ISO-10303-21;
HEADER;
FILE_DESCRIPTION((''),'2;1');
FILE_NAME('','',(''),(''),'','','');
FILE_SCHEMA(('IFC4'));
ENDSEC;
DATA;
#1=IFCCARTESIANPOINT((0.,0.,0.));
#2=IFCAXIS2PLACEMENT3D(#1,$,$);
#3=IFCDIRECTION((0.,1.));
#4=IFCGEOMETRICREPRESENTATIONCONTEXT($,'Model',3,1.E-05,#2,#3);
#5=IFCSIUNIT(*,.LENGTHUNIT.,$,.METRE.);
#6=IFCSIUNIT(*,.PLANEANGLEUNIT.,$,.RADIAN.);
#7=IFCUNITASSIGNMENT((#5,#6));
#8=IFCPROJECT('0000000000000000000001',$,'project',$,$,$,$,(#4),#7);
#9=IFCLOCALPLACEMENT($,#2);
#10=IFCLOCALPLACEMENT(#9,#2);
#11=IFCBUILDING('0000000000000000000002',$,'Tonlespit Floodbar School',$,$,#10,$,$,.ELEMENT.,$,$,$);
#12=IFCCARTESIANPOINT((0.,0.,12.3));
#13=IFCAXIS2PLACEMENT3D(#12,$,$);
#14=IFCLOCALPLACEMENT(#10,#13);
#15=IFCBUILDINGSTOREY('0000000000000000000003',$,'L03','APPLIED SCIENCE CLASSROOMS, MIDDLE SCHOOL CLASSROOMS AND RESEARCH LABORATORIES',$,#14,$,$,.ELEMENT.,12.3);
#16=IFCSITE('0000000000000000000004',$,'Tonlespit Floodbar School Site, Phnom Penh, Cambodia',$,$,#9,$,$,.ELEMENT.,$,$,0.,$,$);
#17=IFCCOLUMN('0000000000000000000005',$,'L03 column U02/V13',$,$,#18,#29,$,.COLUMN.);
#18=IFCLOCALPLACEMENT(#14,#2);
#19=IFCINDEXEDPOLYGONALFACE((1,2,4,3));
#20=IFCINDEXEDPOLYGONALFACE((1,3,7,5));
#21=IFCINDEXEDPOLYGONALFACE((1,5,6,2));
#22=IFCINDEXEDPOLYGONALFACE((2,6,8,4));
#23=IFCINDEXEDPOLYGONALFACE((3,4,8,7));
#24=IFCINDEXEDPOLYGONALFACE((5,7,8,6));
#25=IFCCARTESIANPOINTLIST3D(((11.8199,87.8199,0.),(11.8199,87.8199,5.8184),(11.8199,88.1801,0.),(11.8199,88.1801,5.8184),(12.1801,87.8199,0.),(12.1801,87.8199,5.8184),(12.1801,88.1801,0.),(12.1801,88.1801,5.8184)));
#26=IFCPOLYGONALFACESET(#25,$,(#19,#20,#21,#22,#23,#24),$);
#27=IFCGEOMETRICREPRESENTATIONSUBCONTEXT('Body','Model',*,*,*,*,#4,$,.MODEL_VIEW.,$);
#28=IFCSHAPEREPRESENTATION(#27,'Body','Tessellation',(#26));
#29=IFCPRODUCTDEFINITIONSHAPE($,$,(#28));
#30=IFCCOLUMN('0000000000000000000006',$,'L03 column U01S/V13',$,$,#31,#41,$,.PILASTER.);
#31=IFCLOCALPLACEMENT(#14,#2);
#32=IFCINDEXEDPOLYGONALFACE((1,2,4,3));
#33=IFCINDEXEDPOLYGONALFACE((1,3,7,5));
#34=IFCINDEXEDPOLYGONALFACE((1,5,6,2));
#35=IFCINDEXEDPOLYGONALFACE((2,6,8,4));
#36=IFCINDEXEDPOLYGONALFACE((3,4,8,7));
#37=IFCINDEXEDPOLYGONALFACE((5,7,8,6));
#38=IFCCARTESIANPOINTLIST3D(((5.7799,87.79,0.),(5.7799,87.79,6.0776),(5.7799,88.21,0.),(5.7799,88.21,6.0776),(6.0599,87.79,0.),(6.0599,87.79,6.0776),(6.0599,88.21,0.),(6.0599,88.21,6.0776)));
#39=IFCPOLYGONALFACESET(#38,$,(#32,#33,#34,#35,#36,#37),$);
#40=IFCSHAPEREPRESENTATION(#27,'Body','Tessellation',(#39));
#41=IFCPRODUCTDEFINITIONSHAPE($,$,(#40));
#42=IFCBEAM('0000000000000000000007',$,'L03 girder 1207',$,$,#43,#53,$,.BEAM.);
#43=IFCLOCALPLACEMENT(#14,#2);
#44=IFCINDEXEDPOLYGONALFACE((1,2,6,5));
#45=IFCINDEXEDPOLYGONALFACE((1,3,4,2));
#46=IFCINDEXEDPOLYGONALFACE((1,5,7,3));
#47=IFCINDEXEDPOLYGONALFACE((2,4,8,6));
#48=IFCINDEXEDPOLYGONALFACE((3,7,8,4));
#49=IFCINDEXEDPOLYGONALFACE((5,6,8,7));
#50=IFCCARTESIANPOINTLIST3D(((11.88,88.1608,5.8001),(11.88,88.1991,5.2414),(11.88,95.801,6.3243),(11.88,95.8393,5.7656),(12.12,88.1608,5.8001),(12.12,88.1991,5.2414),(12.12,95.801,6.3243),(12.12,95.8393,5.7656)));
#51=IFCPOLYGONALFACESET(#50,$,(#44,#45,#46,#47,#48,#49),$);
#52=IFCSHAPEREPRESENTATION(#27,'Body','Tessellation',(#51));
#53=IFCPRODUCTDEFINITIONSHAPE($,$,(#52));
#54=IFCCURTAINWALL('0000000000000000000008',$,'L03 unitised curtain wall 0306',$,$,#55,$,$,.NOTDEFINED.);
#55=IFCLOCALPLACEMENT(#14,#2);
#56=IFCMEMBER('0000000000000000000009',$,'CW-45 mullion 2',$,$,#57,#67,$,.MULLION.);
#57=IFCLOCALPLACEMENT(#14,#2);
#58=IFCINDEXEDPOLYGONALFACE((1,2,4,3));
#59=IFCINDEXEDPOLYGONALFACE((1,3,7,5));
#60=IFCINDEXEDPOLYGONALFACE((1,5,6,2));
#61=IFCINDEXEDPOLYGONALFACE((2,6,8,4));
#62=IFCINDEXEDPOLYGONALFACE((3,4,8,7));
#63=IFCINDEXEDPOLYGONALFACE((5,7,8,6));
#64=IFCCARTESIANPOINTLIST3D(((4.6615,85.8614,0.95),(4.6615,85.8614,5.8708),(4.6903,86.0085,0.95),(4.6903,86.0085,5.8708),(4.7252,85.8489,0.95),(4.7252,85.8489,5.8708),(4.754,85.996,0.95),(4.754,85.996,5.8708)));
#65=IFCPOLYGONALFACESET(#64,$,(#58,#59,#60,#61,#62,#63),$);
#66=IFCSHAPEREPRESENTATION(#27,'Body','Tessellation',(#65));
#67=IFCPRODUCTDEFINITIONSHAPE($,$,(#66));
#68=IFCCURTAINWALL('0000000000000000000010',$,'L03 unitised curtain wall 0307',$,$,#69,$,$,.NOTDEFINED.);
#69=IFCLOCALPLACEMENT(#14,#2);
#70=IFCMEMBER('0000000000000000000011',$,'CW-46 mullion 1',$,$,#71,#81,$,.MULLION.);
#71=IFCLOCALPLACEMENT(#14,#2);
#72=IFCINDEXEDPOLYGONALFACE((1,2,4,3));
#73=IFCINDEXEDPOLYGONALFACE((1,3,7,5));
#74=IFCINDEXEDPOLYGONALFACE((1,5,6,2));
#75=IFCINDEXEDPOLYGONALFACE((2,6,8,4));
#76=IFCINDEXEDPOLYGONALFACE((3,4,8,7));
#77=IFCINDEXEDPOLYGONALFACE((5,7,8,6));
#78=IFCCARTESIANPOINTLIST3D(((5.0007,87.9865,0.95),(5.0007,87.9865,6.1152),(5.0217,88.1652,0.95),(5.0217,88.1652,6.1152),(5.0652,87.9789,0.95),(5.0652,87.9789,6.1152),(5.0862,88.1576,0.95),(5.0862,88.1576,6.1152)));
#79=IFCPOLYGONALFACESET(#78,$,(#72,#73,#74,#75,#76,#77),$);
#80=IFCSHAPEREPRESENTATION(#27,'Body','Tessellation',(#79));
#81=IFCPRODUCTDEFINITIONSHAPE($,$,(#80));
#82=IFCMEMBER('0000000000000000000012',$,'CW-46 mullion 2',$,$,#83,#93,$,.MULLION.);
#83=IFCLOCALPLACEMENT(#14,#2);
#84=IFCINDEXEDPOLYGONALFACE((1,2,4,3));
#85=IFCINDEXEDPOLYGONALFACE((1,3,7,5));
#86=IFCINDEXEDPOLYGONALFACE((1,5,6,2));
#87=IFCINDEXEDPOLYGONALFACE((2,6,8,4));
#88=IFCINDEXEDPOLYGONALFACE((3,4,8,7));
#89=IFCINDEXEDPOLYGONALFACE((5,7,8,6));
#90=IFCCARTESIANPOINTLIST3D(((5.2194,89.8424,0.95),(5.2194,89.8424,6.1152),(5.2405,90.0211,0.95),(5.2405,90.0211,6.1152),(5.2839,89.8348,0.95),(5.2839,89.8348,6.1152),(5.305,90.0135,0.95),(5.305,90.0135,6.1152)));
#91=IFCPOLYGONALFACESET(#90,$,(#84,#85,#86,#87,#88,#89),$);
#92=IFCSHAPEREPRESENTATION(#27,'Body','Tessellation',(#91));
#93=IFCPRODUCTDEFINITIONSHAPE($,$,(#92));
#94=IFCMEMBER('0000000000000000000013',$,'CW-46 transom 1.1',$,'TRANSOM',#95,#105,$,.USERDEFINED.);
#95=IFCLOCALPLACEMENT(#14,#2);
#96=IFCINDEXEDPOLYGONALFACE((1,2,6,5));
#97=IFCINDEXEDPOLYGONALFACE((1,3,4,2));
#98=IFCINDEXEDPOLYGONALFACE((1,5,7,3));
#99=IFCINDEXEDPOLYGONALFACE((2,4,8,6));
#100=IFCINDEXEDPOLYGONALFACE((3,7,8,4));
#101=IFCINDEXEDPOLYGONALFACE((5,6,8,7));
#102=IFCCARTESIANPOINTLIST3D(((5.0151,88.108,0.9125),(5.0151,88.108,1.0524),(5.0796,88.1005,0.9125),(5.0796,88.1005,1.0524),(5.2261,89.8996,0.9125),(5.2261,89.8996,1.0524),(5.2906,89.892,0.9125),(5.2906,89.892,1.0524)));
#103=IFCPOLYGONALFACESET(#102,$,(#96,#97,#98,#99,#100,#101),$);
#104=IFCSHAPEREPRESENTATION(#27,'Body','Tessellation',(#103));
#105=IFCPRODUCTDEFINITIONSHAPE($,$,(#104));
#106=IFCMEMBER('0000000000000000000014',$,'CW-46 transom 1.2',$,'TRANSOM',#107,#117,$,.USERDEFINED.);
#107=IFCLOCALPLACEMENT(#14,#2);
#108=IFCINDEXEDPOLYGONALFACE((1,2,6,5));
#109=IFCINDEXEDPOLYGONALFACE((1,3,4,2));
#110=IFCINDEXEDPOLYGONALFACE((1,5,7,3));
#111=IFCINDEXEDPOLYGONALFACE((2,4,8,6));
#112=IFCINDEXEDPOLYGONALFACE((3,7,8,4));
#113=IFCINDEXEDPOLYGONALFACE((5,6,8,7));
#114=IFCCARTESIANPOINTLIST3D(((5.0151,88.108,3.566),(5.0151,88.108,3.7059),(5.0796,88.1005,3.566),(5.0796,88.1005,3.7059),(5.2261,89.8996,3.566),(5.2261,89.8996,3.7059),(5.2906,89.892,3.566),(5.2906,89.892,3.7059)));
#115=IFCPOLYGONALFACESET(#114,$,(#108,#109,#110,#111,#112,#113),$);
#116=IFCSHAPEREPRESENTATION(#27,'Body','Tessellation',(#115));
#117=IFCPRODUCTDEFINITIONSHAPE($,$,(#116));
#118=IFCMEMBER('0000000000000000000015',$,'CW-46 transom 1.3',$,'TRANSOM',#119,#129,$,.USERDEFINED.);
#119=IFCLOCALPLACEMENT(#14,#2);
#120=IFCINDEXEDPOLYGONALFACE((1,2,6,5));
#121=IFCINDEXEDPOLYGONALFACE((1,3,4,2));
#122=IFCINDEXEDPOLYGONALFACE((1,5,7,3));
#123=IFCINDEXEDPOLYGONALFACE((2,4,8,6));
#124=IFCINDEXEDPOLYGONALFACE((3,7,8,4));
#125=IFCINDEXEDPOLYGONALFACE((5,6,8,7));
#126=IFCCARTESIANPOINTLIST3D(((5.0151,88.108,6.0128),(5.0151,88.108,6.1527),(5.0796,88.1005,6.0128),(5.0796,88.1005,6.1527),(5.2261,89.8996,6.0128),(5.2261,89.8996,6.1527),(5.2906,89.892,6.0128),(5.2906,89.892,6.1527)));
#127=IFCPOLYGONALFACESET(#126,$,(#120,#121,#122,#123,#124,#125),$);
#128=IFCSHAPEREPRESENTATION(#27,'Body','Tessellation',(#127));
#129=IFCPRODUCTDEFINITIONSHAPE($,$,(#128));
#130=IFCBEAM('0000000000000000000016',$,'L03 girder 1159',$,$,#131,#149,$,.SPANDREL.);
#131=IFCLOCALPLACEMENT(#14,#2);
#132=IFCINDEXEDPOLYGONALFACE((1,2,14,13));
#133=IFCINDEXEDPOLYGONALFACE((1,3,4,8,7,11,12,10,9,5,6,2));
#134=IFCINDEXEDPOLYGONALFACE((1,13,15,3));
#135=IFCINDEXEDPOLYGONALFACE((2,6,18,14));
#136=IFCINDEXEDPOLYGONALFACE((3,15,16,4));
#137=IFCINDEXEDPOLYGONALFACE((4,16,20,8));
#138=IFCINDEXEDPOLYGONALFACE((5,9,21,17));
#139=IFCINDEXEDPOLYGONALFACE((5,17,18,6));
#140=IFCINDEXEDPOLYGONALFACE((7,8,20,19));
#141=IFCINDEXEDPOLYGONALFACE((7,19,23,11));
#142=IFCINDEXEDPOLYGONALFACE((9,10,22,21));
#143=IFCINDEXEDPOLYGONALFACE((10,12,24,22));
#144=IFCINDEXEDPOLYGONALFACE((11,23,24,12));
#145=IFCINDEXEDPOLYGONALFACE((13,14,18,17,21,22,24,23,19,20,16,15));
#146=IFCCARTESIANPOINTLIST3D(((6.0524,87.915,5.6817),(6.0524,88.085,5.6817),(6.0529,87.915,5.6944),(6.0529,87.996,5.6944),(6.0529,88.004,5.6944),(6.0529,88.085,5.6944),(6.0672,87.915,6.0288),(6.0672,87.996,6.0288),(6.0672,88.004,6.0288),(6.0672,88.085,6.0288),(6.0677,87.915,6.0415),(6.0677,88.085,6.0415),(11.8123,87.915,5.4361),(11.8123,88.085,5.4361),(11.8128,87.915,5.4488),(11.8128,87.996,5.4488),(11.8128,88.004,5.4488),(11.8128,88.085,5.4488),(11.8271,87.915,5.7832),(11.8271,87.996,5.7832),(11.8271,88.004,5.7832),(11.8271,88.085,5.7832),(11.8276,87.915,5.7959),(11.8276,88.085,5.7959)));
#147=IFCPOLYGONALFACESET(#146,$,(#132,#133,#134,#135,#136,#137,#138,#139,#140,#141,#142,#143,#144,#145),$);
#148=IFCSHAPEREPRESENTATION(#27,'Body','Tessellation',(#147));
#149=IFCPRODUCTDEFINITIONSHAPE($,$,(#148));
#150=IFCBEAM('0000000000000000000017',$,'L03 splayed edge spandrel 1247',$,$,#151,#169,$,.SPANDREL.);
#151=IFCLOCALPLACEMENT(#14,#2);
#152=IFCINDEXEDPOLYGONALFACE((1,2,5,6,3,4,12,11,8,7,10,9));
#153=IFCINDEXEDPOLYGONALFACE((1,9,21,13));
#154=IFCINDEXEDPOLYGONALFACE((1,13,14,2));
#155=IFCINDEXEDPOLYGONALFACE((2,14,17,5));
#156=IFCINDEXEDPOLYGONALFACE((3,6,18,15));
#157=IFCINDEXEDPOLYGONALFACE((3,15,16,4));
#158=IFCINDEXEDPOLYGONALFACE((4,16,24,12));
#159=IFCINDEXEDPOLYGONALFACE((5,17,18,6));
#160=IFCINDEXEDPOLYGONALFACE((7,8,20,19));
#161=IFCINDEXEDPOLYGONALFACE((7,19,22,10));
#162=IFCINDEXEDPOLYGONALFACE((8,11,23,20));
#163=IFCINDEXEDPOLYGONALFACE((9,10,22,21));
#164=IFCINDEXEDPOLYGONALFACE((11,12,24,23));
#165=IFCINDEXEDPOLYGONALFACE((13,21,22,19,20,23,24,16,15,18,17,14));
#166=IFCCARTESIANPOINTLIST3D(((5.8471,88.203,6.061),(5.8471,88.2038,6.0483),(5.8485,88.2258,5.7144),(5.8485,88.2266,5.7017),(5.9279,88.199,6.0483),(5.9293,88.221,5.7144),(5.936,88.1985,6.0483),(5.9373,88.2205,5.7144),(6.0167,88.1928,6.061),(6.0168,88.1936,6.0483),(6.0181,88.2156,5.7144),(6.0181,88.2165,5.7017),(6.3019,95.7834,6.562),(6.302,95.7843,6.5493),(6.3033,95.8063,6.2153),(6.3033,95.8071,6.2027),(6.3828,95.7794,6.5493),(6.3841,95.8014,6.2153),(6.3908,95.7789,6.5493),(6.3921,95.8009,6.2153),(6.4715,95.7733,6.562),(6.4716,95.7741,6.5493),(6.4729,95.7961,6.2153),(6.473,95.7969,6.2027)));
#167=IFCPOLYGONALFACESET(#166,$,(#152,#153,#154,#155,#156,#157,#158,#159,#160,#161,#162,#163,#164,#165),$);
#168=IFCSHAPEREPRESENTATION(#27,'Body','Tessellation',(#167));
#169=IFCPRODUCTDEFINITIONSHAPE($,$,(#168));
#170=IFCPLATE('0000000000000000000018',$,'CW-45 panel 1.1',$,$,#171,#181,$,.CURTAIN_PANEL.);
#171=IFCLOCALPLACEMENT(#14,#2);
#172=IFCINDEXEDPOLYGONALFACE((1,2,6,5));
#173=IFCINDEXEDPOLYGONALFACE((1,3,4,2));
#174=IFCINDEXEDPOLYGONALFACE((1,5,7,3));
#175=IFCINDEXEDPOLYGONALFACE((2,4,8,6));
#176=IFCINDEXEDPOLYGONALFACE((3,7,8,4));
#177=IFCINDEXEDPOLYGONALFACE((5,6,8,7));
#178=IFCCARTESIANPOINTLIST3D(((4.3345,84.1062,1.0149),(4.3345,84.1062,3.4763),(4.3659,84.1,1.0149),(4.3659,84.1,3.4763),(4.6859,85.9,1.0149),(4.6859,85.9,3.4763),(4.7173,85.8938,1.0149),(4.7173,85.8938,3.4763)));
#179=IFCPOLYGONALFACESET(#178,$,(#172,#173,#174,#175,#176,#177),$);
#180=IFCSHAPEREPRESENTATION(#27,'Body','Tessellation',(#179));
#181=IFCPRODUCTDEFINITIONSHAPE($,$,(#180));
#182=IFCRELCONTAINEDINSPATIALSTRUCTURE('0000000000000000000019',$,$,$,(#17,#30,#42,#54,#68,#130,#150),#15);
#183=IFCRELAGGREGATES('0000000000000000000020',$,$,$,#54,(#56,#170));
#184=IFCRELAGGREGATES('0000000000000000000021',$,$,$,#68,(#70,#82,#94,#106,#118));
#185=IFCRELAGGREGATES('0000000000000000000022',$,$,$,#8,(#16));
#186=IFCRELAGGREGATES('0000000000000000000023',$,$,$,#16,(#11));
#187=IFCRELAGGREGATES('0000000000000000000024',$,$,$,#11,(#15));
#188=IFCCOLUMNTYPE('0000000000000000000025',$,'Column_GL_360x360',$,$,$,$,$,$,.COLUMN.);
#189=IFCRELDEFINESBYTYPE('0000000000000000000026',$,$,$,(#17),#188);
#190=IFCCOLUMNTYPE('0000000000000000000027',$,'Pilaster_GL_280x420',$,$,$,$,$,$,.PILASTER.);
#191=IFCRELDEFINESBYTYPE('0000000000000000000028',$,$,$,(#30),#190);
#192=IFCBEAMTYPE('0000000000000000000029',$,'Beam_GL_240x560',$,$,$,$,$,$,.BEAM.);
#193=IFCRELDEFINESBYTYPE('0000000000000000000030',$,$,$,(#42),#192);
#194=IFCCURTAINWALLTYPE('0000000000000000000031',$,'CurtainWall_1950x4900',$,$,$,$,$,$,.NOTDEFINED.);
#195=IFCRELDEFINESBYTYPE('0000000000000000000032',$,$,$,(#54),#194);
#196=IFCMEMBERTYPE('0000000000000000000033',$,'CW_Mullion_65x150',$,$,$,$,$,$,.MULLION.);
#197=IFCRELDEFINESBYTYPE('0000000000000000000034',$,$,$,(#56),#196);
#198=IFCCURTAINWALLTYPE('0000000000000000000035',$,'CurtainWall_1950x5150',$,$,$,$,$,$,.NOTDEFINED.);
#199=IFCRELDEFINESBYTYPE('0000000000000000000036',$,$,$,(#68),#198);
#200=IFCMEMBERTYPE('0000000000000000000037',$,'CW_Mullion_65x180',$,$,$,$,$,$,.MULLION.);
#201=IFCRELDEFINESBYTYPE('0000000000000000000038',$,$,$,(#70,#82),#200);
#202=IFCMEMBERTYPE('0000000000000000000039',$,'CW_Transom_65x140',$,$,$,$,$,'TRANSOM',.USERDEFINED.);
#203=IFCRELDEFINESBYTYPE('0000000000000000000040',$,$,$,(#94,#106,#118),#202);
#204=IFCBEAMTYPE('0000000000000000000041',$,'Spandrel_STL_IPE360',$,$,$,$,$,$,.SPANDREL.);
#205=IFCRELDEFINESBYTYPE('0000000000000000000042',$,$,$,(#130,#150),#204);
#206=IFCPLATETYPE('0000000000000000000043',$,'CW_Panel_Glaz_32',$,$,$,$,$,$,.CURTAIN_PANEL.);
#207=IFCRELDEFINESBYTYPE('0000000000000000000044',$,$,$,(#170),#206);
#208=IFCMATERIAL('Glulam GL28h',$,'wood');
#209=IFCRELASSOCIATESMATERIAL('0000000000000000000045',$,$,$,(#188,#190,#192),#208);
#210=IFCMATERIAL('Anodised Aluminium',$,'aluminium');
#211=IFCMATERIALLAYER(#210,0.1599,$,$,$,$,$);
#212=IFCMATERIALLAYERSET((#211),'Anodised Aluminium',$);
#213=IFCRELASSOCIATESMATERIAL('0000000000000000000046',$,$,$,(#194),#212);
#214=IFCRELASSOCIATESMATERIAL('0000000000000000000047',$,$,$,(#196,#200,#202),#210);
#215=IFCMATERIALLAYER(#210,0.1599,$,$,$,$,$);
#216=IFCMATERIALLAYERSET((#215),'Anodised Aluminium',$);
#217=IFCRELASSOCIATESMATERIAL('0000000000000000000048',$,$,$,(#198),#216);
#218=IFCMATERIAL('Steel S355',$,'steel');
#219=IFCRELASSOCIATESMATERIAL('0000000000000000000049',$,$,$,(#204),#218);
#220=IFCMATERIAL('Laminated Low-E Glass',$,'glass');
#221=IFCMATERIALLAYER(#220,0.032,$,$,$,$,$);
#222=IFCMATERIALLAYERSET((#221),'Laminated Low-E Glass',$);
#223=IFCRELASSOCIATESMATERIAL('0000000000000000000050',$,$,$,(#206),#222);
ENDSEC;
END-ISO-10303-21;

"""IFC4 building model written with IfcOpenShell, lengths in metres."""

from ifc_helpers import new_model, si_unit, direction, frame, origin, origin_2d, place, context, subcontext, project, spatial, rectangle, i_section, extrude, material, layer, layer_set, material_profile, profile_set, type_object, element, aggregate, save


model = new_model("IFC4")

# Units and contexts
model_context = context("Model", 3, precision=1e-05, world=origin(), true_north=direction((0.0, 1.0)))
body_context = subcontext(model_context, "Body", "Model", "MODEL_VIEW")
ifc_project = project(units=[si_unit("LENGTHUNIT", "METRE"), si_unit("PLANEANGLEUNIT", "RADIAN")], contexts=[model_context])

# Site, building, storey
site_placement = place(None, origin())
site = spatial("IfcSite", under=ifc_project, at=site_placement, Name="Tonlespit Floodbar School Site, Phnom Penh, Cambodia", CompositionType="ELEMENT", RefElevation=0.0)
building_placement = place(site_placement, origin())
building = spatial("IfcBuilding", under=site, at=building_placement, Name="Tonlespit Floodbar School", CompositionType="ELEMENT")
storey_placement = place(building_placement, frame((0.0, 0.0, 12.3)))
storey = spatial("IfcBuildingStorey", under=building, at=storey_placement, Name="L03", Description="APPLIED SCIENCE CLASSROOMS, MIDDLE SCHOOL CLASSROOMS AND RESEARCH LABORATORIES", CompositionType="ELEMENT", Elevation=12.3)

# Columns
ifc_material_1 = material(Name="Glulam GL28h", Category="wood")
ifc_material_profile_1 = material_profile(ifc_material_1, rectangle(XDim=0.3601, YDim=0.3601, at=origin_2d()), Name="GL 360x360")
ifc_profile_set_1 = profile_set([ifc_material_profile_1], Name="Glulam GL28h")
column_type_1 = type_object("IfcColumnType", Name="Column_GL_360x360", PredefinedType="COLUMN", material=ifc_profile_set_1)
column_1_placement = place(storey_placement, frame((12.0, 88.0, 0.0), z_axis=(0.0, 0.0, 1.0), x_axis=(1.0, 0.0, 0.0)))
element("IfcColumn", 1, at=column_1_placement, inside=storey, type_object=column_type_1, Name="L03 column U02/V13", PredefinedType="COLUMN", context=body_context, shape_type="SweptSolid", body=[
    extrude(rectangle(XDim=0.3601, YDim=0.3601, at=origin_2d()), origin(), (0.0, 0.0, 1.0), 5.8184),
])
ifc_material_profile_2 = material_profile(ifc_material_1, rectangle(XDim=0.28, YDim=0.4199, at=origin_2d()), Name="GL 280x420")
ifc_profile_set_2 = profile_set([ifc_material_profile_2], Name="Glulam GL28h")
column_type_2 = type_object("IfcColumnType", Name="Pilaster_GL_280x420", PredefinedType="PILASTER", material=ifc_profile_set_2)
column_2_placement = place(storey_placement, frame((5.9199, 88.0, 0.0), z_axis=(0.0, 0.0, 1.0), x_axis=(1.0, 0.0, 0.0)))
element("IfcColumn", 2, at=column_2_placement, inside=storey, type_object=column_type_2, Name="L03 column U01S/V13", PredefinedType="PILASTER", context=body_context, shape_type="SweptSolid", body=[
    extrude(rectangle(XDim=0.28, YDim=0.4199, at=origin_2d()), origin(), (0.0, 0.0, 1.0), 6.0776),
])

# Beam
ifc_material_profile_3 = material_profile(ifc_material_1, rectangle(XDim=0.24, YDim=0.5601, at=origin_2d()), Name="GL 240x560")
ifc_profile_set_3 = profile_set([ifc_material_profile_3], Name="Glulam GL28h")
beam_type_1 = type_object("IfcBeamType", Name="Beam_GL_240x560", PredefinedType="BEAM", material=ifc_profile_set_3)
beam_1_placement = place(storey_placement, frame((12.0, 88.1799, 5.5208), z_axis=(0.0, 0.997655, 0.068447), x_axis=(-1.0, 0.0, 0.0)))
element("IfcBeam", 3, at=beam_1_placement, inside=storey, type_object=beam_type_1, Name="L03 girder 1207", PredefinedType="BEAM", context=body_context, shape_type="SweptSolid", body=[
    extrude(rectangle(XDim=0.24, YDim=0.5601, at=origin_2d()), origin(), (0.0, 0.0, 1.0), 7.6582),
])

# Curtain wall, member
ifc_material_2 = material(Name="Anodised Aluminium", Category="aluminium")
ifc_layer_1 = layer(ifc_material_2, 0.1599)
ifc_layer_set_1 = layer_set([ifc_layer_1], Name="Anodised Aluminium")
curtain_wall_type_1 = type_object("IfcCurtainWallType", Name="CurtainWall_1950x4900", PredefinedType="NOTDEFINED", material=ifc_layer_set_1)
curtain_wall_1_placement = place(storey_placement, origin())
curtain_wall_1 = element("IfcCurtainWall", 4, at=curtain_wall_1_placement, inside=storey, type_object=curtain_wall_type_1, Name="L03 unitised curtain wall 0306", PredefinedType="NOTDEFINED")
ifc_material_profile_4 = material_profile(ifc_material_2, rectangle(XDim=0.0649, YDim=0.1499, at=origin_2d()), Name="ALU M65x150")
ifc_profile_set_4 = profile_set([ifc_material_profile_4], Name="Anodised Aluminium")
member_type_1 = type_object("IfcMemberType", Name="CW_Mullion_65x150", PredefinedType="MULLION", material=ifc_profile_set_4)
member_1_placement = place(storey_placement, frame((4.7078, 85.9287, 0.95), z_axis=(0.0, 0.0, 1.0), x_axis=(-0.981347, 0.192245, 0.0)))
member_1 = element("IfcMember", 5, at=member_1_placement, type_object=member_type_1, Name="CW-45 mullion 2", PredefinedType="MULLION", context=body_context, shape_type="SweptSolid", body=[
    extrude(rectangle(XDim=0.0649, YDim=0.1499, at=origin_2d()), origin(), (0.0, 0.0, 1.0), 4.9209),
])

# Curtain wall, members
ifc_layer_2 = layer(ifc_material_2, 0.1599)
ifc_layer_set_2 = layer_set([ifc_layer_2], Name="Anodised Aluminium")
curtain_wall_type_2 = type_object("IfcCurtainWallType", Name="CurtainWall_1950x5150", PredefinedType="NOTDEFINED", material=ifc_layer_set_2)
curtain_wall_2_placement = place(storey_placement, origin())
curtain_wall_2 = element("IfcCurtainWall", 6, at=curtain_wall_2_placement, inside=storey, type_object=curtain_wall_type_2, Name="L03 unitised curtain wall 0307", PredefinedType="NOTDEFINED")
ifc_material_profile_5 = material_profile(ifc_material_2, rectangle(XDim=0.0649, YDim=0.1799, at=origin_2d()), Name="ALU M65x180")
ifc_profile_set_5 = profile_set([ifc_material_profile_5], Name="Anodised Aluminium")
member_type_2 = type_object("IfcMemberType", Name="CW_Mullion_65x180", PredefinedType="MULLION", material=ifc_profile_set_5)
member_2_placement = place(storey_placement, frame((5.0435, 88.072, 0.95), z_axis=(0.0, 0.0, 1.0), x_axis=(-0.993136, 0.116967, 0.0)))
member_2 = element("IfcMember", 7, at=member_2_placement, type_object=member_type_2, Name="CW-46 mullion 1", PredefinedType="MULLION", context=body_context, shape_type="SweptSolid", body=[
    extrude(rectangle(XDim=0.0649, YDim=0.1799, at=origin_2d()), origin(), (0.0, 0.0, 1.0), 5.1653),
])
member_3_placement = place(storey_placement, frame((5.2622, 89.928, 0.95), z_axis=(0.0, 0.0, 1.0), x_axis=(-0.993136, 0.116967, 0.0)))
member_3 = element("IfcMember", 8, at=member_3_placement, type_object=member_type_2, Name="CW-46 mullion 2", PredefinedType="MULLION", context=body_context, shape_type="SweptSolid", body=[
    extrude(rectangle(XDim=0.0649, YDim=0.1799, at=origin_2d()), origin(), (0.0, 0.0, 1.0), 5.1653),
])
ifc_material_profile_6 = material_profile(ifc_material_2, rectangle(XDim=0.0649, YDim=0.1399, at=origin_2d()), Name="ALU T65x140")
ifc_profile_set_6 = profile_set([ifc_material_profile_6], Name="Anodised Aluminium")
member_type_3 = type_object("IfcMemberType", Name="CW_Transom_65x140", ElementType="TRANSOM", PredefinedType="USERDEFINED", material=ifc_profile_set_6)
member_4_placement = place(storey_placement, frame((5.0474, 88.1042, 0.9824), z_axis=(0.116935, 0.99314, 0.0), x_axis=(-0.99314, 0.116935, 0.0)))
member_4 = element("IfcMember", 9, at=member_4_placement, type_object=member_type_3, Name="CW-46 transom 1.1", ObjectType="TRANSOM", PredefinedType="USERDEFINED", context=body_context, shape_type="SweptSolid", body=[
    extrude(rectangle(XDim=0.0649, YDim=0.1399, at=origin_2d()), origin(), (0.0, 0.0, 1.0), 1.804),
])
member_5_placement = place(storey_placement, frame((5.0474, 88.1042, 3.636), z_axis=(0.116935, 0.99314, 0.0), x_axis=(-0.99314, 0.116935, 0.0)))
member_5 = element("IfcMember", 10, at=member_5_placement, type_object=member_type_3, Name="CW-46 transom 1.2", ObjectType="TRANSOM", PredefinedType="USERDEFINED", context=body_context, shape_type="SweptSolid", body=[
    extrude(rectangle(XDim=0.0649, YDim=0.1399, at=origin_2d()), origin(), (0.0, 0.0, 1.0), 1.804),
])
member_6_placement = place(storey_placement, frame((5.0474, 88.1042, 6.0828), z_axis=(0.116935, 0.99314, 0.0), x_axis=(-0.99314, 0.116935, 0.0)))
member_6 = element("IfcMember", 11, at=member_6_placement, type_object=member_type_3, Name="CW-46 transom 1.3", ObjectType="TRANSOM", PredefinedType="USERDEFINED", context=body_context, shape_type="SweptSolid", body=[
    extrude(rectangle(XDim=0.0649, YDim=0.1399, at=origin_2d()), origin(), (0.0, 0.0, 1.0), 1.804),
])

# Beams
ifc_material_3 = material(Name="Steel S355", Category="steel")
ifc_material_profile_7 = material_profile(ifc_material_3, i_section(OverallWidth=0.1699, OverallDepth=0.3601, WebThickness=0.0081, FlangeThickness=0.0127, at=origin_2d()), Name="IPE 360")
ifc_profile_set_7 = profile_set([ifc_material_profile_7], Name="Steel S355")
beam_type_2 = type_object("IfcBeamType", Name="Spandrel_STL_IPE360", PredefinedType="SPANDREL", material=ifc_profile_set_7)
beam_2_placement = place(storey_placement, frame((6.0601, 88.0, 5.8616), z_axis=(0.999092, 0.0, -0.042601), x_axis=(0.0, 1.0, 0.0)))
element("IfcBeam", 12, at=beam_2_placement, inside=storey, type_object=beam_type_2, Name="L03 girder 1159", PredefinedType="SPANDREL", context=body_context, shape_type="SweptSolid", body=[
    extrude(i_section(OverallWidth=0.1699, OverallDepth=0.3601, WebThickness=0.0081, FlangeThickness=0.0127, at=origin_2d()), origin(), (0.0, 0.0, 1.0), 5.7651),
])
beam_3_placement = place(storey_placement, frame((5.9326, 88.2097, 5.8813), z_axis=(0.059762, 0.99604, 0.065825), x_axis=(-0.998205, 0.059892, 0.0)))
element("IfcBeam", 13, at=beam_3_placement, inside=storey, type_object=beam_type_2, Name="L03 splayed edge spandrel 1247", PredefinedType="SPANDREL", context=body_context, shape_type="SweptSolid", body=[
    extrude(i_section(OverallWidth=0.1699, OverallDepth=0.3601, WebThickness=0.0081, FlangeThickness=0.0127, at=origin_2d()), origin(), (0.0, 0.0, 1.0), 7.6106),
])

# Plate
ifc_material_4 = material(Name="Laminated Low-E Glass", Category="glass")
ifc_layer_3 = layer(ifc_material_4, 0.032)
ifc_layer_set_3 = layer_set([ifc_layer_3], Name="Laminated Low-E Glass")
plate_type_1 = type_object("IfcPlateType", Name="CW_Panel_Glaz_32", PredefinedType="CURTAIN_PANEL", material=ifc_layer_set_3)
plate_1_placement = place(storey_placement, frame((4.5259, 85.0, 1.0149), z_axis=(0.0, 0.0, 1.0), x_axis=(0.192245, 0.981347, 0.0)))
plate_1 = element("IfcPlate", 14, at=plate_1_placement, type_object=plate_type_1, Name="CW-45 panel 1.1", PredefinedType="CURTAIN_PANEL", context=body_context, shape_type="SweptSolid", body=[
    extrude(rectangle(XDim=1.8279, YDim=0.032, at=origin_2d()), origin(), (0.0, 0.0, 1.0), 2.4614),
])
aggregate(curtain_wall_1, [member_1, plate_1])
aggregate(curtain_wall_2, [member_2, member_3, member_4, member_5, member_6])

save(model, "model.ifc")
